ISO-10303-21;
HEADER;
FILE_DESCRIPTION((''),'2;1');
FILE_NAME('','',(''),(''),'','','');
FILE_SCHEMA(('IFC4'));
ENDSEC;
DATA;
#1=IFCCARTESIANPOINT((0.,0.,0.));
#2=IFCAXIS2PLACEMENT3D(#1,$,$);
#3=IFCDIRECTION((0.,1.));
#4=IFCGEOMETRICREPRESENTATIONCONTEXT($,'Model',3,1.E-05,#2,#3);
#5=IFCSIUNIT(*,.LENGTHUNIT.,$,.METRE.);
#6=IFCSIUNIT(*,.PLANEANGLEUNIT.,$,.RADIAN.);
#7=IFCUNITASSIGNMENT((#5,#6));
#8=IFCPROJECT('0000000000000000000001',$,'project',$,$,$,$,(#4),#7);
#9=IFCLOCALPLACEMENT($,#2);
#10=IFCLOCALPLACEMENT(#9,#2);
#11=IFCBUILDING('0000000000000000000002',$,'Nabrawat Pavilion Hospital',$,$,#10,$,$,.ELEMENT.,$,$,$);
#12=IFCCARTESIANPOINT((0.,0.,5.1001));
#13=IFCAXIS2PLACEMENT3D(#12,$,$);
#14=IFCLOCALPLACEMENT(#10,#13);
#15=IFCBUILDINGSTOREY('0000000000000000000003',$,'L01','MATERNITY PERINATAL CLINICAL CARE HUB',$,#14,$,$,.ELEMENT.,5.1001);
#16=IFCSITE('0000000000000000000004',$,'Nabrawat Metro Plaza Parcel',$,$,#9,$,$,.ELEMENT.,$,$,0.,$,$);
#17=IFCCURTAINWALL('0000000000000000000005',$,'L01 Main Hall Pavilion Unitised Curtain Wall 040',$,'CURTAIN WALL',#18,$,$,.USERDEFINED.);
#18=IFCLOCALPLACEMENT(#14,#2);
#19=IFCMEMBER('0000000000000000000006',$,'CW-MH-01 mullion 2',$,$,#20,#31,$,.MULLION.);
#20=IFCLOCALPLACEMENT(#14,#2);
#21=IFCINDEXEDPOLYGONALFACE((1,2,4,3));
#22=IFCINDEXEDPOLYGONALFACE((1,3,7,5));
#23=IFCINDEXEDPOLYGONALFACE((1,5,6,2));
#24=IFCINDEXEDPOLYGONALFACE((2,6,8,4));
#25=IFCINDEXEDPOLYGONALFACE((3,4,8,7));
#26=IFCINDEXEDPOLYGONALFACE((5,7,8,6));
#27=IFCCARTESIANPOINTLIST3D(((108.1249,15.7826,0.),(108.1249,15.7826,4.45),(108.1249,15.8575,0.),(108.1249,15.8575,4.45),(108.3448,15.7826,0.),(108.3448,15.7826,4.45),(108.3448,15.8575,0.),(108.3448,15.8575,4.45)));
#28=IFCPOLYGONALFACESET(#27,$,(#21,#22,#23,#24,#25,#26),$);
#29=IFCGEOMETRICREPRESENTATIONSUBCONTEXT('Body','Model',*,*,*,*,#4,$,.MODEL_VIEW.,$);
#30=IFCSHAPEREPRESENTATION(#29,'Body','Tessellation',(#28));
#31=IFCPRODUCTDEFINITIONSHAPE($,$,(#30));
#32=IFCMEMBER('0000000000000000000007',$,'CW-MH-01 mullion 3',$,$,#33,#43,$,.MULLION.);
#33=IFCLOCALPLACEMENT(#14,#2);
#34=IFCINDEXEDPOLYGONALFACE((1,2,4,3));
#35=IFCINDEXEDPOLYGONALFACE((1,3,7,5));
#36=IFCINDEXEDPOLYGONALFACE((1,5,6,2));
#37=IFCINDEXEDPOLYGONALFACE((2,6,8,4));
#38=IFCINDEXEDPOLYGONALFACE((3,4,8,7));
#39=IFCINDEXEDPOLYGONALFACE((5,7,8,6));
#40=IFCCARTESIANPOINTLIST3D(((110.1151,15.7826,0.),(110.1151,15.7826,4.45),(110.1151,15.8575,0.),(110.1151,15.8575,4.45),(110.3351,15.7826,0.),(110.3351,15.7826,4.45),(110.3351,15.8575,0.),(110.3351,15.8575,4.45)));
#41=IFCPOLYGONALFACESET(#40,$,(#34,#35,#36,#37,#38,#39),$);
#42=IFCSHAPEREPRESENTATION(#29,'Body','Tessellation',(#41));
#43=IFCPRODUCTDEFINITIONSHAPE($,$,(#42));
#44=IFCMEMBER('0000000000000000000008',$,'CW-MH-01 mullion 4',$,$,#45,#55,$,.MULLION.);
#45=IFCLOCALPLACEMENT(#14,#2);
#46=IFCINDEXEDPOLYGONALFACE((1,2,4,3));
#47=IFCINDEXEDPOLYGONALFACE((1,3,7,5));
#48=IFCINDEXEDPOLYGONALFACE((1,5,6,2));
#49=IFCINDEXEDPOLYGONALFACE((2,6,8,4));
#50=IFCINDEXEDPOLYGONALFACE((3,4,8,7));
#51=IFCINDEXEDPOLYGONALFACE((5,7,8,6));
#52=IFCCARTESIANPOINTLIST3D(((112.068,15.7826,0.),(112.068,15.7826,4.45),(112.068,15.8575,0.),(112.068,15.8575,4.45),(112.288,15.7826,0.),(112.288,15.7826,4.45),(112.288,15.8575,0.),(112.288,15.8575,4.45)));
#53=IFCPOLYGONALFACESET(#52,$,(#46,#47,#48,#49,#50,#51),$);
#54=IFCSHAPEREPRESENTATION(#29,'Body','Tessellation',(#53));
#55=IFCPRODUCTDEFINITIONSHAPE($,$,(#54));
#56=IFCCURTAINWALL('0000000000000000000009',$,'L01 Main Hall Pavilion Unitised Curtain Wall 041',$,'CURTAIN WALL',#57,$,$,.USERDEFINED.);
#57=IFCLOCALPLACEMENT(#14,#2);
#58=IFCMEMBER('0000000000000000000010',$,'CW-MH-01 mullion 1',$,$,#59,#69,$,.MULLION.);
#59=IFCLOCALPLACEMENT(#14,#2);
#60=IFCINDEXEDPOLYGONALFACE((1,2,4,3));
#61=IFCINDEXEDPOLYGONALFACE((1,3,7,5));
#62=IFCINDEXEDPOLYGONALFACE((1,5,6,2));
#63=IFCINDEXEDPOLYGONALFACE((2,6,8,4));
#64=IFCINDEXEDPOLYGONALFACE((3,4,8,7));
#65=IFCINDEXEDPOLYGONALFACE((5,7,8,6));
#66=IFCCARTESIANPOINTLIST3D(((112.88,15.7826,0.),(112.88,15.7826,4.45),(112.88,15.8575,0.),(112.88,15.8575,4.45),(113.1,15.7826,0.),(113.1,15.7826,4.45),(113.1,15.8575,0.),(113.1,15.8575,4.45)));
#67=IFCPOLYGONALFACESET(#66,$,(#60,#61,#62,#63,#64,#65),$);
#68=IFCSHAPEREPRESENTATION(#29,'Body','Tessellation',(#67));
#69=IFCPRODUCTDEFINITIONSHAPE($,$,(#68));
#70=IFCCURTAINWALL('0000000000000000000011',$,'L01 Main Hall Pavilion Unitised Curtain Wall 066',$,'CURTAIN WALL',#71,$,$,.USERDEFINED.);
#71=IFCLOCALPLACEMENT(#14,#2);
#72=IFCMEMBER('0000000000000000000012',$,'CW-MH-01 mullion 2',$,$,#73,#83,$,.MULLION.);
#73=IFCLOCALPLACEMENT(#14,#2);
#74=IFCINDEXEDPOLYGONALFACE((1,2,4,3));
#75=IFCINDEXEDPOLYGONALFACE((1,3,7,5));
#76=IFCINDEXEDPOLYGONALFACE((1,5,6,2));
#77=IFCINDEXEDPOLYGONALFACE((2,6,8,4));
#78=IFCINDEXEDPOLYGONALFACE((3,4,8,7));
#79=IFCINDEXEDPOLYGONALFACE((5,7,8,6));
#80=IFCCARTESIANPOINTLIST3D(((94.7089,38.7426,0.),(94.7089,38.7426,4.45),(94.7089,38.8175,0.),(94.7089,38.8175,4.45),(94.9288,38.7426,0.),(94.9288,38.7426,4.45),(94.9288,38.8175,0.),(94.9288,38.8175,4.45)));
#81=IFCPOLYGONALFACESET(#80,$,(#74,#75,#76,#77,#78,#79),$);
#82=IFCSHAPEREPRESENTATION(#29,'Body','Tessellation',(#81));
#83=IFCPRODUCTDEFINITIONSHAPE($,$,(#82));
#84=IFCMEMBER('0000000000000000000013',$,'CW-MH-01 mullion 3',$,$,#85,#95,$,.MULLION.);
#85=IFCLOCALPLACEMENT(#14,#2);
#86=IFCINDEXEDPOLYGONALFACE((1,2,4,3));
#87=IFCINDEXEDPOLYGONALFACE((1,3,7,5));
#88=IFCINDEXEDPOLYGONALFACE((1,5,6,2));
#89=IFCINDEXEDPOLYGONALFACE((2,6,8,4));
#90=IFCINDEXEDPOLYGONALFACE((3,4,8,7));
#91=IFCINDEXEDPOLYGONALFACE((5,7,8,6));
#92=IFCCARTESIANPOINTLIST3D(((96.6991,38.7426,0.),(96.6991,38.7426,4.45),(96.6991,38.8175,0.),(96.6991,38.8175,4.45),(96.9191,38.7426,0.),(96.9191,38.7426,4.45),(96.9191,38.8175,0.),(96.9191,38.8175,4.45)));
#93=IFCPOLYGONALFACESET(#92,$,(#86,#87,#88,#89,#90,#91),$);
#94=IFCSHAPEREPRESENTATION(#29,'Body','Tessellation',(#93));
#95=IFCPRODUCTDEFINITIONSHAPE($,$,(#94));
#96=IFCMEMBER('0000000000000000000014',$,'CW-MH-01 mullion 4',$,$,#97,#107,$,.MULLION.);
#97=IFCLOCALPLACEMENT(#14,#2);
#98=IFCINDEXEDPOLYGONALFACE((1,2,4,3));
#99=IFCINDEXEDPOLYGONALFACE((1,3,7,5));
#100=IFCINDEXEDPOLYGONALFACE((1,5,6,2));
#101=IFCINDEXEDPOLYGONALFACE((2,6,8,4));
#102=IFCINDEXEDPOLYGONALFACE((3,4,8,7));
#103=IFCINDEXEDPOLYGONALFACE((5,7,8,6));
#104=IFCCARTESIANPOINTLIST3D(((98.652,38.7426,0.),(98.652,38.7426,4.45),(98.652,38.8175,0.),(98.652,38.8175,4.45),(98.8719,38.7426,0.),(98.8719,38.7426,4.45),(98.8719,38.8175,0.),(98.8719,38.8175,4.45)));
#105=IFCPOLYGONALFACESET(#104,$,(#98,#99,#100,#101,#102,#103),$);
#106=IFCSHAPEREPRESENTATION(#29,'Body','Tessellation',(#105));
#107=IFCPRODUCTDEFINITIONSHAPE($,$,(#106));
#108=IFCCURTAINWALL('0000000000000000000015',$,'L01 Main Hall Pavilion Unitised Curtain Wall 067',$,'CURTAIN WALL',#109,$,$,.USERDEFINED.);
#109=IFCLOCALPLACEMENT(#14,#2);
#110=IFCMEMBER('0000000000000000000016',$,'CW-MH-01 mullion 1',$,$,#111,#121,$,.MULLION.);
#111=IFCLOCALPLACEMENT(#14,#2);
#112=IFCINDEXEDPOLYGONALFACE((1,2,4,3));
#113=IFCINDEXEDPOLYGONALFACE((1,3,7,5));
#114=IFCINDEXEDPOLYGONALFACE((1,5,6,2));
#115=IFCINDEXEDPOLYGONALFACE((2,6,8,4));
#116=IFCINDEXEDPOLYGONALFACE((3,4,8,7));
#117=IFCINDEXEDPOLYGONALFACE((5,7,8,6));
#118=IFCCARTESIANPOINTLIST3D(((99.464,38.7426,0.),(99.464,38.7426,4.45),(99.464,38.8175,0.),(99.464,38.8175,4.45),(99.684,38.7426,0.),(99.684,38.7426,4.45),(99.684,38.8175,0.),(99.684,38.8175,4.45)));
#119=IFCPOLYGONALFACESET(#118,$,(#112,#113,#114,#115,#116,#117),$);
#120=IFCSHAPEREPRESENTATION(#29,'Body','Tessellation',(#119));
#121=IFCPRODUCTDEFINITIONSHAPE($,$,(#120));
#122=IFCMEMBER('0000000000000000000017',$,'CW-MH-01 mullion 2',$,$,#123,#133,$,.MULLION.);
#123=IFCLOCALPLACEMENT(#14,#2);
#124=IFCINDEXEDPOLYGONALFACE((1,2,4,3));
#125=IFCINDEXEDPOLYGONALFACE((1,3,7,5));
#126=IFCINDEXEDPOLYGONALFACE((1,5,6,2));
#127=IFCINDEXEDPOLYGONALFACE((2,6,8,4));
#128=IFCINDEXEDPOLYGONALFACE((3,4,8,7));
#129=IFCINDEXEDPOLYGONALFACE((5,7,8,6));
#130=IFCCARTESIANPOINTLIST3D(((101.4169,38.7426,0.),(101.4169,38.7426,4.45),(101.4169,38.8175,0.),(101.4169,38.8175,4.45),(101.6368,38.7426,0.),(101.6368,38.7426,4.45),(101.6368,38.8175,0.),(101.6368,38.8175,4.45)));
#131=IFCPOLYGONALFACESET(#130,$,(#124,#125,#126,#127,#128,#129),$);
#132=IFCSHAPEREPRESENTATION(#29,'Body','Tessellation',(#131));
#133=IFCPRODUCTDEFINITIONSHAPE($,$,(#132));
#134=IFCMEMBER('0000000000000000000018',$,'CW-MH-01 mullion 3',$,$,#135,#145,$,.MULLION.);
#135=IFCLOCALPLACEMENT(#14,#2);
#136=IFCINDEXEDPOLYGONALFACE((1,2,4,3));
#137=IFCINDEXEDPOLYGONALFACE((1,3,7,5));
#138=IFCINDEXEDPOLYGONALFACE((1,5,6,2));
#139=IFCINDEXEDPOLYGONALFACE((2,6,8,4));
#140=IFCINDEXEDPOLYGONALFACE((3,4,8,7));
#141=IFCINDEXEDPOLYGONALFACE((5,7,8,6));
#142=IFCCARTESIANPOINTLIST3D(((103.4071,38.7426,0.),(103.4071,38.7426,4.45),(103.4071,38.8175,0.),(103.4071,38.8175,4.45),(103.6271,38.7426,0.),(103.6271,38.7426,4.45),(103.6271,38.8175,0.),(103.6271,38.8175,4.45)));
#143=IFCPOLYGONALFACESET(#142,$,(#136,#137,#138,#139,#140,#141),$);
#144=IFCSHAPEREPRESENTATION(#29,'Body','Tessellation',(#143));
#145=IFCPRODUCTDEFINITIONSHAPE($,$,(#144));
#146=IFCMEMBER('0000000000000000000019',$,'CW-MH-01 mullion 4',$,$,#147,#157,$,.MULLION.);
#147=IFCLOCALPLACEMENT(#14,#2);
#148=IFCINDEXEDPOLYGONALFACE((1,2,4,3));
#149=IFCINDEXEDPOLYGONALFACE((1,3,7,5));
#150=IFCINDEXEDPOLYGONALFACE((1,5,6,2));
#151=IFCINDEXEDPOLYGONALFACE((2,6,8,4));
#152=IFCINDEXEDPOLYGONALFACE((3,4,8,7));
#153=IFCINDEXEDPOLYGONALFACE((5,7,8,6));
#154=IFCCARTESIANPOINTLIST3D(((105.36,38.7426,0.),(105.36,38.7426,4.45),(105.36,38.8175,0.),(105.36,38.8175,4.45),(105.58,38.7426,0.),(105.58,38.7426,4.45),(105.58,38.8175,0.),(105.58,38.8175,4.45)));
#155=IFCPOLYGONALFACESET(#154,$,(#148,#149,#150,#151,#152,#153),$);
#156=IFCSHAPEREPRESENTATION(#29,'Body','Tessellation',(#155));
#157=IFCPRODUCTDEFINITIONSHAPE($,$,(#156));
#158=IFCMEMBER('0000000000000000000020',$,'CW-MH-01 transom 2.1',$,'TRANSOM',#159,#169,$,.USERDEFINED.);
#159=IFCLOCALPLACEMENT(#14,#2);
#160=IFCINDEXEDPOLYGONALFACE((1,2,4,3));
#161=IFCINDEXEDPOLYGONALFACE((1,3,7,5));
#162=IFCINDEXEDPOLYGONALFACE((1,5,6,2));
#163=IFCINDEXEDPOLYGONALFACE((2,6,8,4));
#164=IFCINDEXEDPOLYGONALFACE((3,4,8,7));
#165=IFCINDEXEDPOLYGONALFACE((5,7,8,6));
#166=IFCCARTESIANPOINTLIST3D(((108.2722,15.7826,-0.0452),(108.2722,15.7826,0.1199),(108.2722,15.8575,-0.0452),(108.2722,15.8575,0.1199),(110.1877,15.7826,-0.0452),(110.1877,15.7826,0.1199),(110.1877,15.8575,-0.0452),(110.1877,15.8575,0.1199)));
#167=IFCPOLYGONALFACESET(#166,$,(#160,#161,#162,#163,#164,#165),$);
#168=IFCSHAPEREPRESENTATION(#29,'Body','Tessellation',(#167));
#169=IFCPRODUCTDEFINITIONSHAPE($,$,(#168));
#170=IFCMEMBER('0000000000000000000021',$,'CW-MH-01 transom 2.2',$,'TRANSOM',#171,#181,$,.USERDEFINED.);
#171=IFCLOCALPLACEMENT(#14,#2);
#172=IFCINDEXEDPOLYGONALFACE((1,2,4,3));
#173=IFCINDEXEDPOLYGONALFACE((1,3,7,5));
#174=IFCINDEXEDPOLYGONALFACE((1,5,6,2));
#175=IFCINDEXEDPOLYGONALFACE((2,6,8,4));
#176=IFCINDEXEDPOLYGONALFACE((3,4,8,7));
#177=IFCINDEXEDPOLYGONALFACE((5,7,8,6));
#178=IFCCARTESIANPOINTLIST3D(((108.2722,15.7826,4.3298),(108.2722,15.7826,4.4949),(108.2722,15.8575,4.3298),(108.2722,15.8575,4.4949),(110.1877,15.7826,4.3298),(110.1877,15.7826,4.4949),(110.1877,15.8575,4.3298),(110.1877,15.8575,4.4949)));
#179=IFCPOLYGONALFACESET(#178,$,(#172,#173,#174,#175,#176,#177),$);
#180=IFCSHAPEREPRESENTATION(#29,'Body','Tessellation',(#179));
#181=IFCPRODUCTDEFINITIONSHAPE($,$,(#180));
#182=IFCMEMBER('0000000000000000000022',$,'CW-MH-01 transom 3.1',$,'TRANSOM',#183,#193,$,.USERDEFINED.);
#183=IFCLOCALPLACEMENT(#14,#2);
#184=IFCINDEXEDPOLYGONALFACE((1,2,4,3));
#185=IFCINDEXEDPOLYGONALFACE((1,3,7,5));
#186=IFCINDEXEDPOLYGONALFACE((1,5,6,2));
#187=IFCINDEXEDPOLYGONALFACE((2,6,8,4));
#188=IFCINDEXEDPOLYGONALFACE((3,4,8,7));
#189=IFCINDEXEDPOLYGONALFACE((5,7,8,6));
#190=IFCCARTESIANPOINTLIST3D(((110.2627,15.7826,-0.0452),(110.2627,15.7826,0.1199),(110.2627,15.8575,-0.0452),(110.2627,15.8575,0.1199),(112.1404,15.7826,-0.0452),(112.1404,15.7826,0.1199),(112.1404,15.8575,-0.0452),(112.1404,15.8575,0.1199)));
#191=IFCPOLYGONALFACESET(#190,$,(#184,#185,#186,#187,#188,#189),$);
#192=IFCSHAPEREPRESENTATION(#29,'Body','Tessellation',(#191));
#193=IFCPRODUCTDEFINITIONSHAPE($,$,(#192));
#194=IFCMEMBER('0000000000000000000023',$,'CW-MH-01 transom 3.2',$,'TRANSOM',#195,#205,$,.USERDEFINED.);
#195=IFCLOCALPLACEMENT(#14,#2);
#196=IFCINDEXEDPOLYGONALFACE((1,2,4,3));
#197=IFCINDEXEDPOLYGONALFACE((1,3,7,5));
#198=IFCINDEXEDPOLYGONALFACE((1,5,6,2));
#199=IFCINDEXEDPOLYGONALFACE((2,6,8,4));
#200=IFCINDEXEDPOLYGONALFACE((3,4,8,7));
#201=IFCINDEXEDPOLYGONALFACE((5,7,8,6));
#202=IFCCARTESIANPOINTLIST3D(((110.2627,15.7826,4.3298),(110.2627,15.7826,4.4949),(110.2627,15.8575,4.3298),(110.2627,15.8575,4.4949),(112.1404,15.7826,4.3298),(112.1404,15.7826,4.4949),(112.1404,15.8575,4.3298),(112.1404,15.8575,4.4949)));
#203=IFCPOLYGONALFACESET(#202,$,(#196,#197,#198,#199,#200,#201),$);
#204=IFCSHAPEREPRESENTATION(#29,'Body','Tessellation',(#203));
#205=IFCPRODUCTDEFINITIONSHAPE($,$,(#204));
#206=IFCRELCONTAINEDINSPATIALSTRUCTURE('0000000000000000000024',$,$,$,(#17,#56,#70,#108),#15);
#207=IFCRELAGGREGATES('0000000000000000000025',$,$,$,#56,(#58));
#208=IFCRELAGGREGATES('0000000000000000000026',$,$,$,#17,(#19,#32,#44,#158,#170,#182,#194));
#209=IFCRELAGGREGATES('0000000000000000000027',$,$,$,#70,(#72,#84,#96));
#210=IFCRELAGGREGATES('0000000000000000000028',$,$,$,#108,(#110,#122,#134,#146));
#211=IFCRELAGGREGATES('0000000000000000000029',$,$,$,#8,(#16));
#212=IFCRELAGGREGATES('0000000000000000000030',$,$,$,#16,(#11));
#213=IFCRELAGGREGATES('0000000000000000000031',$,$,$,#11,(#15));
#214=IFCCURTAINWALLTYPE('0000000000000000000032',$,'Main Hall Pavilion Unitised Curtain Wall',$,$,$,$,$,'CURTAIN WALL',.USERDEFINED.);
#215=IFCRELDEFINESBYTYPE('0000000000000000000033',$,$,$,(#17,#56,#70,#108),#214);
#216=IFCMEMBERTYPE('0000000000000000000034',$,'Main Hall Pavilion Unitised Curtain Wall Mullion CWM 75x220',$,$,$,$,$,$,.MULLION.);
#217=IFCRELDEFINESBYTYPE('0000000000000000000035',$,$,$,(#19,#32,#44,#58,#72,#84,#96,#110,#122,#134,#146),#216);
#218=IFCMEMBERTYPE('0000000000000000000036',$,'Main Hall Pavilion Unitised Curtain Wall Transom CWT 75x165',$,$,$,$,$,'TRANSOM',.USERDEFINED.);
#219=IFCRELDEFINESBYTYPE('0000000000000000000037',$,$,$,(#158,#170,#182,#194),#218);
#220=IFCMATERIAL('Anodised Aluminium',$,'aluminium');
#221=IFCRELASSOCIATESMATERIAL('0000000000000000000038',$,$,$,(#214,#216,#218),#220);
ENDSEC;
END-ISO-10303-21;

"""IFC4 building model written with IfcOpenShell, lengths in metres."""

from ifc_helpers import new_model, si_unit, direction, frame, origin, origin_2d, place, context, subcontext, project, spatial, rectangle, extrude, material, material_profile, profile_set, type_object, element, aggregate, save


model = new_model("IFC4")

# Units and contexts
model_context = context("Model", 3, precision=1e-05, world=origin(), true_north=direction((0.0, 1.0)))
body_context = subcontext(model_context, "Body", "Model", "MODEL_VIEW")
ifc_project = project(units=[si_unit("LENGTHUNIT", "METRE"), si_unit("PLANEANGLEUNIT", "RADIAN")], contexts=[model_context])

# Site, building, storey
site_placement = place(None, origin())
site = spatial("IfcSite", under=ifc_project, at=site_placement, Name="Nabrawat Metro Plaza Parcel", CompositionType="ELEMENT", RefElevation=0.0)
building_placement = place(site_placement, origin())
building = spatial("IfcBuilding", under=site, at=building_placement, Name="Nabrawat Pavilion Hospital", CompositionType="ELEMENT")
storey_placement = place(building_placement, frame((0.0, 0.0, 5.1001)))
storey = spatial("IfcBuildingStorey", under=building, at=storey_placement, Name="L01", Description="MATERNITY PERINATAL CLINICAL CARE HUB", CompositionType="ELEMENT", Elevation=5.1001)

# Curtain wall, members
ifc_material_1 = material(Name="Anodised Aluminium", Category="aluminium")
curtain_wall_type = type_object("IfcCurtainWallType", Name="Main Hall Pavilion Unitised Curtain Wall", ElementType="CURTAIN WALL", PredefinedType="USERDEFINED", material=ifc_material_1)
curtain_wall_1_placement = place(storey_placement, origin())
curtain_wall_1 = element("IfcCurtainWall", 1, at=curtain_wall_1_placement, inside=storey, type_object=curtain_wall_type, Name="L01 Main Hall Pavilion Unitised Curtain Wall 040", ObjectType="CURTAIN WALL", PredefinedType="USERDEFINED")
ifc_material_profile_1 = material_profile(ifc_material_1, rectangle(XDim=0.075, YDim=0.22, at=origin_2d()), Name="CWM 75x220")
ifc_profile_set_1 = profile_set([ifc_material_profile_1], Name="Anodised Aluminium")
member_type_1 = type_object("IfcMemberType", Name="Main Hall Pavilion Unitised Curtain Wall Mullion CWM 75x220", PredefinedType="MULLION", material=ifc_profile_set_1)
member_1_placement = place(storey_placement, frame((108.2349, 15.8201, 0.0), z_axis=(0.0, 0.0, 1.0), x_axis=(0.0, 1.0, 0.0)))
member_1 = element("IfcMember", 2, at=member_1_placement, type_object=member_type_1, Name="CW-MH-01 mullion 2", PredefinedType="MULLION", context=body_context, shape_type="SweptSolid", body=[
    extrude(rectangle(XDim=0.075, YDim=0.22, at=origin_2d()), origin(), (0.0, 0.0, 1.0), 4.45),
])
member_2_placement = place(storey_placement, frame((110.2251, 15.8201, 0.0), z_axis=(0.0, 0.0, 1.0), x_axis=(0.0, 1.0, 0.0)))
member_2 = element("IfcMember", 3, at=member_2_placement, type_object=member_type_1, Name="CW-MH-01 mullion 3", PredefinedType="MULLION", context=body_context, shape_type="SweptSolid", body=[
    extrude(rectangle(XDim=0.075, YDim=0.22, at=origin_2d()), origin(), (0.0, 0.0, 1.0), 4.45),
])
member_3_placement = place(storey_placement, frame((112.178, 15.8201, 0.0), z_axis=(0.0, 0.0, 1.0), x_axis=(0.0, 1.0, 0.0)))
member_3 = element("IfcMember", 4, at=member_3_placement, type_object=member_type_1, Name="CW-MH-01 mullion 4", PredefinedType="MULLION", context=body_context, shape_type="SweptSolid", body=[
    extrude(rectangle(XDim=0.075, YDim=0.22, at=origin_2d()), origin(), (0.0, 0.0, 1.0), 4.45),
])

# Curtain wall, member
curtain_wall_2_placement = place(storey_placement, origin())
curtain_wall_2 = element("IfcCurtainWall", 5, at=curtain_wall_2_placement, inside=storey, type_object=curtain_wall_type, Name="L01 Main Hall Pavilion Unitised Curtain Wall 041", ObjectType="CURTAIN WALL", PredefinedType="USERDEFINED")
member_4_placement = place(storey_placement, frame((112.99, 15.8201, 0.0), z_axis=(0.0, 0.0, 1.0), x_axis=(0.0, 1.0, 0.0)))
member_4 = element("IfcMember", 6, at=member_4_placement, type_object=member_type_1, Name="CW-MH-01 mullion 1", PredefinedType="MULLION", context=body_context, shape_type="SweptSolid", body=[
    extrude(rectangle(XDim=0.075, YDim=0.22, at=origin_2d()), origin(), (0.0, 0.0, 1.0), 4.45),
])
aggregate(curtain_wall_2, [member_4])

# Curtain walls, members
curtain_wall_3_placement = place(storey_placement, origin())
curtain_wall_3 = element("IfcCurtainWall", 7, at=curtain_wall_3_placement, inside=storey, type_object=curtain_wall_type, Name="L01 Main Hall Pavilion Unitised Curtain Wall 066", ObjectType="CURTAIN WALL", PredefinedType="USERDEFINED")
member_5_placement = place(storey_placement, frame((94.8188, 38.78, 0.0), z_axis=(0.0, 0.0, 1.0), x_axis=(0.0, 1.0, 0.0)))
member_5 = element("IfcMember", 8, at=member_5_placement, type_object=member_type_1, Name="CW-MH-01 mullion 2", PredefinedType="MULLION", context=body_context, shape_type="SweptSolid", body=[
    extrude(rectangle(XDim=0.075, YDim=0.22, at=origin_2d()), origin(), (0.0, 0.0, 1.0), 4.45),
])
member_6_placement = place(storey_placement, frame((96.8091, 38.78, 0.0), z_axis=(0.0, 0.0, 1.0), x_axis=(0.0, 1.0, 0.0)))
member_6 = element("IfcMember", 9, at=member_6_placement, type_object=member_type_1, Name="CW-MH-01 mullion 3", PredefinedType="MULLION", context=body_context, shape_type="SweptSolid", body=[
    extrude(rectangle(XDim=0.075, YDim=0.22, at=origin_2d()), origin(), (0.0, 0.0, 1.0), 4.45),
])
member_7_placement = place(storey_placement, frame((98.762, 38.78, 0.0), z_axis=(0.0, 0.0, 1.0), x_axis=(0.0, 1.0, 0.0)))
member_7 = element("IfcMember", 10, at=member_7_placement, type_object=member_type_1, Name="CW-MH-01 mullion 4", PredefinedType="MULLION", context=body_context, shape_type="SweptSolid", body=[
    extrude(rectangle(XDim=0.075, YDim=0.22, at=origin_2d()), origin(), (0.0, 0.0, 1.0), 4.45),
])
curtain_wall_4_placement = place(storey_placement, origin())
curtain_wall_4 = element("IfcCurtainWall", 11, at=curtain_wall_4_placement, inside=storey, type_object=curtain_wall_type, Name="L01 Main Hall Pavilion Unitised Curtain Wall 067", ObjectType="CURTAIN WALL", PredefinedType="USERDEFINED")
member_8_placement = place(storey_placement, frame((99.574, 38.78, 0.0), z_axis=(0.0, 0.0, 1.0), x_axis=(0.0, 1.0, 0.0)))
member_8 = element("IfcMember", 12, at=member_8_placement, type_object=member_type_1, Name="CW-MH-01 mullion 1", PredefinedType="MULLION", context=body_context, shape_type="SweptSolid", body=[
    extrude(rectangle(XDim=0.075, YDim=0.22, at=origin_2d()), origin(), (0.0, 0.0, 1.0), 4.45),
])
member_9_placement = place(storey_placement, frame((101.5269, 38.78, 0.0), z_axis=(0.0, 0.0, 1.0), x_axis=(0.0, 1.0, 0.0)))
member_9 = element("IfcMember", 13, at=member_9_placement, type_object=member_type_1, Name="CW-MH-01 mullion 2", PredefinedType="MULLION", context=body_context, shape_type="SweptSolid", body=[
    extrude(rectangle(XDim=0.075, YDim=0.22, at=origin_2d()), origin(), (0.0, 0.0, 1.0), 4.45),
])
member_10_placement = place(storey_placement, frame((103.5171, 38.78, 0.0), z_axis=(0.0, 0.0, 1.0), x_axis=(0.0, 1.0, 0.0)))
member_10 = element("IfcMember", 14, at=member_10_placement, type_object=member_type_1, Name="CW-MH-01 mullion 3", PredefinedType="MULLION", context=body_context, shape_type="SweptSolid", body=[
    extrude(rectangle(XDim=0.075, YDim=0.22, at=origin_2d()), origin(), (0.0, 0.0, 1.0), 4.45),
])
member_11_placement = place(storey_placement, frame((105.47, 38.78, 0.0), z_axis=(0.0, 0.0, 1.0), x_axis=(0.0, 1.0, 0.0)))
member_11 = element("IfcMember", 15, at=member_11_placement, type_object=member_type_1, Name="CW-MH-01 mullion 4", PredefinedType="MULLION", context=body_context, shape_type="SweptSolid", body=[
    extrude(rectangle(XDim=0.075, YDim=0.22, at=origin_2d()), origin(), (0.0, 0.0, 1.0), 4.45),
])

# Members
ifc_material_profile_2 = material_profile(ifc_material_1, rectangle(XDim=0.075, YDim=0.165, at=origin_2d()), Name="CWT 75x165")
ifc_profile_set_2 = profile_set([ifc_material_profile_2], Name="Anodised Aluminium")
member_type_2 = type_object("IfcMemberType", Name="Main Hall Pavilion Unitised Curtain Wall Transom CWT 75x165", ElementType="TRANSOM", PredefinedType="USERDEFINED", material=ifc_profile_set_2)
member_12_placement = place(storey_placement, frame((108.2722, 15.8201, 0.0374), z_axis=(1.0, 0.0, 0.0), x_axis=(0.0, 1.0, 0.0)))
member_12 = element("IfcMember", 16, at=member_12_placement, type_object=member_type_2, Name="CW-MH-01 transom 2.1", ObjectType="TRANSOM", PredefinedType="USERDEFINED", context=body_context, shape_type="SweptSolid", body=[
    extrude(rectangle(XDim=0.075, YDim=0.165, at=origin_2d()), origin(), (0.0, 0.0, 1.0), 1.9155),
])
member_13_placement = place(storey_placement, frame((108.2722, 15.8201, 4.4124), z_axis=(1.0, 0.0, 0.0), x_axis=(0.0, 1.0, 0.0)))
member_13 = element("IfcMember", 17, at=member_13_placement, type_object=member_type_2, Name="CW-MH-01 transom 2.2", ObjectType="TRANSOM", PredefinedType="USERDEFINED", context=body_context, shape_type="SweptSolid", body=[
    extrude(rectangle(XDim=0.075, YDim=0.165, at=origin_2d()), origin(), (0.0, 0.0, 1.0), 1.9155),
])
member_14_placement = place(storey_placement, frame((110.2627, 15.8201, 0.0374), z_axis=(1.0, 0.0, 0.0), x_axis=(0.0, 1.0, 0.0)))
member_14 = element("IfcMember", 18, at=member_14_placement, type_object=member_type_2, Name="CW-MH-01 transom 3.1", ObjectType="TRANSOM", PredefinedType="USERDEFINED", context=body_context, shape_type="SweptSolid", body=[
    extrude(rectangle(XDim=0.075, YDim=0.165, at=origin_2d()), origin(), (0.0, 0.0, 1.0), 1.8777),
])
member_15_placement = place(storey_placement, frame((110.2627, 15.8201, 4.4124), z_axis=(1.0, 0.0, 0.0), x_axis=(0.0, 1.0, 0.0)))
member_15 = element("IfcMember", 19, at=member_15_placement, type_object=member_type_2, Name="CW-MH-01 transom 3.2", ObjectType="TRANSOM", PredefinedType="USERDEFINED", context=body_context, shape_type="SweptSolid", body=[
    extrude(rectangle(XDim=0.075, YDim=0.165, at=origin_2d()), origin(), (0.0, 0.0, 1.0), 1.8777),
])

aggregate(curtain_wall_1, [member_1, member_2, member_3, member_12, member_13, member_14, member_15])
aggregate(curtain_wall_3, [member_5, member_6, member_7])
aggregate(curtain_wall_4, [member_8, member_9, member_10, member_11])

save(model, "model.ifc")
